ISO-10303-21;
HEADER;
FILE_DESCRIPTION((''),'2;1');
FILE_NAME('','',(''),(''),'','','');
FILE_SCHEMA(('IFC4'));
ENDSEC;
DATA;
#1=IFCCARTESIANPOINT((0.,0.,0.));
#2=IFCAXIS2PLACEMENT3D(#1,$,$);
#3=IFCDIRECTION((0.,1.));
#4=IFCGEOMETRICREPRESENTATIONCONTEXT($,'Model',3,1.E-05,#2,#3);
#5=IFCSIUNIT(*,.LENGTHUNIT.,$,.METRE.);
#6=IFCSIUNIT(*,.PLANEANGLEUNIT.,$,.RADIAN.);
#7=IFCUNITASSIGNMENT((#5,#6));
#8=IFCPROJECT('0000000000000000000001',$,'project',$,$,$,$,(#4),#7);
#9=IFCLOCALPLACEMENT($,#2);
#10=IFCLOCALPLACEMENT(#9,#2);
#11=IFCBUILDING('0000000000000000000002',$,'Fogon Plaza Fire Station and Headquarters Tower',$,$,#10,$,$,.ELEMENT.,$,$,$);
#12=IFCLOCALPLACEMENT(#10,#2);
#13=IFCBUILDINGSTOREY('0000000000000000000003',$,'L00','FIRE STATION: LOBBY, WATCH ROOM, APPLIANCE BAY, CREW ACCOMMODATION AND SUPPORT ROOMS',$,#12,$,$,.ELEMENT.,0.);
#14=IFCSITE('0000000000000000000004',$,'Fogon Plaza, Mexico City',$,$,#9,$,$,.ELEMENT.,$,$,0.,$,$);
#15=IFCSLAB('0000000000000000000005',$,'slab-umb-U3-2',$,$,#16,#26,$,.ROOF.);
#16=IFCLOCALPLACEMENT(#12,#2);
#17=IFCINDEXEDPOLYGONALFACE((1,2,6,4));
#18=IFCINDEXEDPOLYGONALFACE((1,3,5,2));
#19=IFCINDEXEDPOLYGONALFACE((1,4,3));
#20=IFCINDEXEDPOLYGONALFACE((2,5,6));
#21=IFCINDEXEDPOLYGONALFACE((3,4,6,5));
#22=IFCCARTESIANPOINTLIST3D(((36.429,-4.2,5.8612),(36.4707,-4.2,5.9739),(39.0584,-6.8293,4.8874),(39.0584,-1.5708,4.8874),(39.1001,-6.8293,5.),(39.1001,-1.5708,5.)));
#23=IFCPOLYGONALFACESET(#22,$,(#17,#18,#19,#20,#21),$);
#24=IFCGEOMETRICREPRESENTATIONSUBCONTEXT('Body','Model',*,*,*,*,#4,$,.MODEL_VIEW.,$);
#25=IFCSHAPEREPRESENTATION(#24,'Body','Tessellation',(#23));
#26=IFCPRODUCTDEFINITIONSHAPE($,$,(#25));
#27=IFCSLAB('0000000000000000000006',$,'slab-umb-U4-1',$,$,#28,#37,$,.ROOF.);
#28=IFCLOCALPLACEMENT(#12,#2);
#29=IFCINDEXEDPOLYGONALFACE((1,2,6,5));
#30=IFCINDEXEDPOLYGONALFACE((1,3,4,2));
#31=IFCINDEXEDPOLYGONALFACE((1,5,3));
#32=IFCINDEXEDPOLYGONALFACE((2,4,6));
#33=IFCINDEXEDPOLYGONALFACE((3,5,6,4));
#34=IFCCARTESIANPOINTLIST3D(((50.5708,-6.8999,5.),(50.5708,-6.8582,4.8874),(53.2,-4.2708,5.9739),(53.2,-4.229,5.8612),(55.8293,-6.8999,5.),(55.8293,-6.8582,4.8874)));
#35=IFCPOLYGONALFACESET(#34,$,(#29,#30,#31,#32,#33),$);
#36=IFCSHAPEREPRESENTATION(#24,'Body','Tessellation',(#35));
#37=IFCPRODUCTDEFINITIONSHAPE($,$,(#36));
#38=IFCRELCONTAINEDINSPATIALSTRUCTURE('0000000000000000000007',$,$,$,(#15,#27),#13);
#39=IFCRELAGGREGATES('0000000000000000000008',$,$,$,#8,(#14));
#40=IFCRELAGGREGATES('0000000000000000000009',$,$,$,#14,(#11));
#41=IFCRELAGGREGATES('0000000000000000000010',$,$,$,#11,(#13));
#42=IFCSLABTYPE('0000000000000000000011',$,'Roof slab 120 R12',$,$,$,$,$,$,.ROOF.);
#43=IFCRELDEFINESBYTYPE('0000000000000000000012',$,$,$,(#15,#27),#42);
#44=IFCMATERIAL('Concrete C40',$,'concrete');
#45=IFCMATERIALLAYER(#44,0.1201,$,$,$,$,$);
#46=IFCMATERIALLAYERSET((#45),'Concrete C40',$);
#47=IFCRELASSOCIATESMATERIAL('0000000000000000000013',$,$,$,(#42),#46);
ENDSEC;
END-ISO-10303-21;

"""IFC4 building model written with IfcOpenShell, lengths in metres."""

from ifc_helpers import new_model, si_unit, direction, frame, origin, place, context, subcontext, project, spatial, polyline, outline, extrude, material, layer, layer_set, type_object, element, save


model = new_model("IFC4")

# Units and contexts
model_context = context("Model", 3, precision=1e-05, world=origin(), true_north=direction((0.0, 1.0)))
body_context = subcontext(model_context, "Body", "Model", "MODEL_VIEW")
ifc_project = project(units=[si_unit("LENGTHUNIT", "METRE"), si_unit("PLANEANGLEUNIT", "RADIAN")], contexts=[model_context])

# Site, building, storey
site_placement = place(None, origin())
site = spatial("IfcSite", under=ifc_project, at=site_placement, Name="Fogon Plaza, Mexico City", CompositionType="ELEMENT", RefElevation=0.0)
building_placement = place(site_placement, origin())
building = spatial("IfcBuilding", under=site, at=building_placement, Name="Fogon Plaza Fire Station and Headquarters Tower", CompositionType="ELEMENT")
storey_placement = place(building_placement, origin())
storey = spatial("IfcBuildingStorey", under=building, at=storey_placement, Name="L00", Description="FIRE STATION: LOBBY, WATCH ROOM, APPLIANCE BAY, CREW ACCOMMODATION AND SUPPORT ROOMS", CompositionType="ELEMENT", Elevation=0.0)

# Slabs
ifc_material_1 = material(Name="Concrete C40", Category="concrete")
ifc_layer = layer(ifc_material_1, 0.1201)
ifc_layer_set = layer_set([ifc_layer], Name="Concrete C40")
slab_type = type_object("IfcSlabType", Name="Roof slab 120 R12", PredefinedType="ROOF", material=ifc_layer_set)
slab_1_placement = place(storey_placement, frame((39.1001, -6.8293, 5.0), z_axis=(0.347323, 0.0, 0.937746), x_axis=(-0.684036, 0.684036, 0.253354)))
element("IfcSlab", 1, at=slab_1_placement, inside=storey, type_object=slab_type, Name="slab-umb-U3-2", PredefinedType="ROOF", context=body_context, shape_type="SweptSolid", body=[
    extrude(outline(polyline([(0.0, 0.0), (3.8439, 0.0), (3.597, -3.8358), (0.0, 0.0)])), origin(), (0.0, 0.0, -1.0), 0.1201),
])
slab_2_placement = place(storey_placement, frame((50.5708, -6.8999, 5.0), z_axis=(0.0, -0.347351, 0.937735), x_axis=(0.684032, 0.684032, 0.253376)))
element("IfcSlab", 2, at=slab_2_placement, inside=storey, type_object=slab_type, Name="slab-umb-U4-1", PredefinedType="ROOF", context=body_context, shape_type="SweptSolid", body=[
    extrude(outline(polyline([(0.0, 0.0), (3.8436, 0.0), (3.597, -3.8359), (0.0, 0.0)])), origin(), (0.0, 0.0, -1.0), 0.1201),
])

save(model, "model.ifc")
